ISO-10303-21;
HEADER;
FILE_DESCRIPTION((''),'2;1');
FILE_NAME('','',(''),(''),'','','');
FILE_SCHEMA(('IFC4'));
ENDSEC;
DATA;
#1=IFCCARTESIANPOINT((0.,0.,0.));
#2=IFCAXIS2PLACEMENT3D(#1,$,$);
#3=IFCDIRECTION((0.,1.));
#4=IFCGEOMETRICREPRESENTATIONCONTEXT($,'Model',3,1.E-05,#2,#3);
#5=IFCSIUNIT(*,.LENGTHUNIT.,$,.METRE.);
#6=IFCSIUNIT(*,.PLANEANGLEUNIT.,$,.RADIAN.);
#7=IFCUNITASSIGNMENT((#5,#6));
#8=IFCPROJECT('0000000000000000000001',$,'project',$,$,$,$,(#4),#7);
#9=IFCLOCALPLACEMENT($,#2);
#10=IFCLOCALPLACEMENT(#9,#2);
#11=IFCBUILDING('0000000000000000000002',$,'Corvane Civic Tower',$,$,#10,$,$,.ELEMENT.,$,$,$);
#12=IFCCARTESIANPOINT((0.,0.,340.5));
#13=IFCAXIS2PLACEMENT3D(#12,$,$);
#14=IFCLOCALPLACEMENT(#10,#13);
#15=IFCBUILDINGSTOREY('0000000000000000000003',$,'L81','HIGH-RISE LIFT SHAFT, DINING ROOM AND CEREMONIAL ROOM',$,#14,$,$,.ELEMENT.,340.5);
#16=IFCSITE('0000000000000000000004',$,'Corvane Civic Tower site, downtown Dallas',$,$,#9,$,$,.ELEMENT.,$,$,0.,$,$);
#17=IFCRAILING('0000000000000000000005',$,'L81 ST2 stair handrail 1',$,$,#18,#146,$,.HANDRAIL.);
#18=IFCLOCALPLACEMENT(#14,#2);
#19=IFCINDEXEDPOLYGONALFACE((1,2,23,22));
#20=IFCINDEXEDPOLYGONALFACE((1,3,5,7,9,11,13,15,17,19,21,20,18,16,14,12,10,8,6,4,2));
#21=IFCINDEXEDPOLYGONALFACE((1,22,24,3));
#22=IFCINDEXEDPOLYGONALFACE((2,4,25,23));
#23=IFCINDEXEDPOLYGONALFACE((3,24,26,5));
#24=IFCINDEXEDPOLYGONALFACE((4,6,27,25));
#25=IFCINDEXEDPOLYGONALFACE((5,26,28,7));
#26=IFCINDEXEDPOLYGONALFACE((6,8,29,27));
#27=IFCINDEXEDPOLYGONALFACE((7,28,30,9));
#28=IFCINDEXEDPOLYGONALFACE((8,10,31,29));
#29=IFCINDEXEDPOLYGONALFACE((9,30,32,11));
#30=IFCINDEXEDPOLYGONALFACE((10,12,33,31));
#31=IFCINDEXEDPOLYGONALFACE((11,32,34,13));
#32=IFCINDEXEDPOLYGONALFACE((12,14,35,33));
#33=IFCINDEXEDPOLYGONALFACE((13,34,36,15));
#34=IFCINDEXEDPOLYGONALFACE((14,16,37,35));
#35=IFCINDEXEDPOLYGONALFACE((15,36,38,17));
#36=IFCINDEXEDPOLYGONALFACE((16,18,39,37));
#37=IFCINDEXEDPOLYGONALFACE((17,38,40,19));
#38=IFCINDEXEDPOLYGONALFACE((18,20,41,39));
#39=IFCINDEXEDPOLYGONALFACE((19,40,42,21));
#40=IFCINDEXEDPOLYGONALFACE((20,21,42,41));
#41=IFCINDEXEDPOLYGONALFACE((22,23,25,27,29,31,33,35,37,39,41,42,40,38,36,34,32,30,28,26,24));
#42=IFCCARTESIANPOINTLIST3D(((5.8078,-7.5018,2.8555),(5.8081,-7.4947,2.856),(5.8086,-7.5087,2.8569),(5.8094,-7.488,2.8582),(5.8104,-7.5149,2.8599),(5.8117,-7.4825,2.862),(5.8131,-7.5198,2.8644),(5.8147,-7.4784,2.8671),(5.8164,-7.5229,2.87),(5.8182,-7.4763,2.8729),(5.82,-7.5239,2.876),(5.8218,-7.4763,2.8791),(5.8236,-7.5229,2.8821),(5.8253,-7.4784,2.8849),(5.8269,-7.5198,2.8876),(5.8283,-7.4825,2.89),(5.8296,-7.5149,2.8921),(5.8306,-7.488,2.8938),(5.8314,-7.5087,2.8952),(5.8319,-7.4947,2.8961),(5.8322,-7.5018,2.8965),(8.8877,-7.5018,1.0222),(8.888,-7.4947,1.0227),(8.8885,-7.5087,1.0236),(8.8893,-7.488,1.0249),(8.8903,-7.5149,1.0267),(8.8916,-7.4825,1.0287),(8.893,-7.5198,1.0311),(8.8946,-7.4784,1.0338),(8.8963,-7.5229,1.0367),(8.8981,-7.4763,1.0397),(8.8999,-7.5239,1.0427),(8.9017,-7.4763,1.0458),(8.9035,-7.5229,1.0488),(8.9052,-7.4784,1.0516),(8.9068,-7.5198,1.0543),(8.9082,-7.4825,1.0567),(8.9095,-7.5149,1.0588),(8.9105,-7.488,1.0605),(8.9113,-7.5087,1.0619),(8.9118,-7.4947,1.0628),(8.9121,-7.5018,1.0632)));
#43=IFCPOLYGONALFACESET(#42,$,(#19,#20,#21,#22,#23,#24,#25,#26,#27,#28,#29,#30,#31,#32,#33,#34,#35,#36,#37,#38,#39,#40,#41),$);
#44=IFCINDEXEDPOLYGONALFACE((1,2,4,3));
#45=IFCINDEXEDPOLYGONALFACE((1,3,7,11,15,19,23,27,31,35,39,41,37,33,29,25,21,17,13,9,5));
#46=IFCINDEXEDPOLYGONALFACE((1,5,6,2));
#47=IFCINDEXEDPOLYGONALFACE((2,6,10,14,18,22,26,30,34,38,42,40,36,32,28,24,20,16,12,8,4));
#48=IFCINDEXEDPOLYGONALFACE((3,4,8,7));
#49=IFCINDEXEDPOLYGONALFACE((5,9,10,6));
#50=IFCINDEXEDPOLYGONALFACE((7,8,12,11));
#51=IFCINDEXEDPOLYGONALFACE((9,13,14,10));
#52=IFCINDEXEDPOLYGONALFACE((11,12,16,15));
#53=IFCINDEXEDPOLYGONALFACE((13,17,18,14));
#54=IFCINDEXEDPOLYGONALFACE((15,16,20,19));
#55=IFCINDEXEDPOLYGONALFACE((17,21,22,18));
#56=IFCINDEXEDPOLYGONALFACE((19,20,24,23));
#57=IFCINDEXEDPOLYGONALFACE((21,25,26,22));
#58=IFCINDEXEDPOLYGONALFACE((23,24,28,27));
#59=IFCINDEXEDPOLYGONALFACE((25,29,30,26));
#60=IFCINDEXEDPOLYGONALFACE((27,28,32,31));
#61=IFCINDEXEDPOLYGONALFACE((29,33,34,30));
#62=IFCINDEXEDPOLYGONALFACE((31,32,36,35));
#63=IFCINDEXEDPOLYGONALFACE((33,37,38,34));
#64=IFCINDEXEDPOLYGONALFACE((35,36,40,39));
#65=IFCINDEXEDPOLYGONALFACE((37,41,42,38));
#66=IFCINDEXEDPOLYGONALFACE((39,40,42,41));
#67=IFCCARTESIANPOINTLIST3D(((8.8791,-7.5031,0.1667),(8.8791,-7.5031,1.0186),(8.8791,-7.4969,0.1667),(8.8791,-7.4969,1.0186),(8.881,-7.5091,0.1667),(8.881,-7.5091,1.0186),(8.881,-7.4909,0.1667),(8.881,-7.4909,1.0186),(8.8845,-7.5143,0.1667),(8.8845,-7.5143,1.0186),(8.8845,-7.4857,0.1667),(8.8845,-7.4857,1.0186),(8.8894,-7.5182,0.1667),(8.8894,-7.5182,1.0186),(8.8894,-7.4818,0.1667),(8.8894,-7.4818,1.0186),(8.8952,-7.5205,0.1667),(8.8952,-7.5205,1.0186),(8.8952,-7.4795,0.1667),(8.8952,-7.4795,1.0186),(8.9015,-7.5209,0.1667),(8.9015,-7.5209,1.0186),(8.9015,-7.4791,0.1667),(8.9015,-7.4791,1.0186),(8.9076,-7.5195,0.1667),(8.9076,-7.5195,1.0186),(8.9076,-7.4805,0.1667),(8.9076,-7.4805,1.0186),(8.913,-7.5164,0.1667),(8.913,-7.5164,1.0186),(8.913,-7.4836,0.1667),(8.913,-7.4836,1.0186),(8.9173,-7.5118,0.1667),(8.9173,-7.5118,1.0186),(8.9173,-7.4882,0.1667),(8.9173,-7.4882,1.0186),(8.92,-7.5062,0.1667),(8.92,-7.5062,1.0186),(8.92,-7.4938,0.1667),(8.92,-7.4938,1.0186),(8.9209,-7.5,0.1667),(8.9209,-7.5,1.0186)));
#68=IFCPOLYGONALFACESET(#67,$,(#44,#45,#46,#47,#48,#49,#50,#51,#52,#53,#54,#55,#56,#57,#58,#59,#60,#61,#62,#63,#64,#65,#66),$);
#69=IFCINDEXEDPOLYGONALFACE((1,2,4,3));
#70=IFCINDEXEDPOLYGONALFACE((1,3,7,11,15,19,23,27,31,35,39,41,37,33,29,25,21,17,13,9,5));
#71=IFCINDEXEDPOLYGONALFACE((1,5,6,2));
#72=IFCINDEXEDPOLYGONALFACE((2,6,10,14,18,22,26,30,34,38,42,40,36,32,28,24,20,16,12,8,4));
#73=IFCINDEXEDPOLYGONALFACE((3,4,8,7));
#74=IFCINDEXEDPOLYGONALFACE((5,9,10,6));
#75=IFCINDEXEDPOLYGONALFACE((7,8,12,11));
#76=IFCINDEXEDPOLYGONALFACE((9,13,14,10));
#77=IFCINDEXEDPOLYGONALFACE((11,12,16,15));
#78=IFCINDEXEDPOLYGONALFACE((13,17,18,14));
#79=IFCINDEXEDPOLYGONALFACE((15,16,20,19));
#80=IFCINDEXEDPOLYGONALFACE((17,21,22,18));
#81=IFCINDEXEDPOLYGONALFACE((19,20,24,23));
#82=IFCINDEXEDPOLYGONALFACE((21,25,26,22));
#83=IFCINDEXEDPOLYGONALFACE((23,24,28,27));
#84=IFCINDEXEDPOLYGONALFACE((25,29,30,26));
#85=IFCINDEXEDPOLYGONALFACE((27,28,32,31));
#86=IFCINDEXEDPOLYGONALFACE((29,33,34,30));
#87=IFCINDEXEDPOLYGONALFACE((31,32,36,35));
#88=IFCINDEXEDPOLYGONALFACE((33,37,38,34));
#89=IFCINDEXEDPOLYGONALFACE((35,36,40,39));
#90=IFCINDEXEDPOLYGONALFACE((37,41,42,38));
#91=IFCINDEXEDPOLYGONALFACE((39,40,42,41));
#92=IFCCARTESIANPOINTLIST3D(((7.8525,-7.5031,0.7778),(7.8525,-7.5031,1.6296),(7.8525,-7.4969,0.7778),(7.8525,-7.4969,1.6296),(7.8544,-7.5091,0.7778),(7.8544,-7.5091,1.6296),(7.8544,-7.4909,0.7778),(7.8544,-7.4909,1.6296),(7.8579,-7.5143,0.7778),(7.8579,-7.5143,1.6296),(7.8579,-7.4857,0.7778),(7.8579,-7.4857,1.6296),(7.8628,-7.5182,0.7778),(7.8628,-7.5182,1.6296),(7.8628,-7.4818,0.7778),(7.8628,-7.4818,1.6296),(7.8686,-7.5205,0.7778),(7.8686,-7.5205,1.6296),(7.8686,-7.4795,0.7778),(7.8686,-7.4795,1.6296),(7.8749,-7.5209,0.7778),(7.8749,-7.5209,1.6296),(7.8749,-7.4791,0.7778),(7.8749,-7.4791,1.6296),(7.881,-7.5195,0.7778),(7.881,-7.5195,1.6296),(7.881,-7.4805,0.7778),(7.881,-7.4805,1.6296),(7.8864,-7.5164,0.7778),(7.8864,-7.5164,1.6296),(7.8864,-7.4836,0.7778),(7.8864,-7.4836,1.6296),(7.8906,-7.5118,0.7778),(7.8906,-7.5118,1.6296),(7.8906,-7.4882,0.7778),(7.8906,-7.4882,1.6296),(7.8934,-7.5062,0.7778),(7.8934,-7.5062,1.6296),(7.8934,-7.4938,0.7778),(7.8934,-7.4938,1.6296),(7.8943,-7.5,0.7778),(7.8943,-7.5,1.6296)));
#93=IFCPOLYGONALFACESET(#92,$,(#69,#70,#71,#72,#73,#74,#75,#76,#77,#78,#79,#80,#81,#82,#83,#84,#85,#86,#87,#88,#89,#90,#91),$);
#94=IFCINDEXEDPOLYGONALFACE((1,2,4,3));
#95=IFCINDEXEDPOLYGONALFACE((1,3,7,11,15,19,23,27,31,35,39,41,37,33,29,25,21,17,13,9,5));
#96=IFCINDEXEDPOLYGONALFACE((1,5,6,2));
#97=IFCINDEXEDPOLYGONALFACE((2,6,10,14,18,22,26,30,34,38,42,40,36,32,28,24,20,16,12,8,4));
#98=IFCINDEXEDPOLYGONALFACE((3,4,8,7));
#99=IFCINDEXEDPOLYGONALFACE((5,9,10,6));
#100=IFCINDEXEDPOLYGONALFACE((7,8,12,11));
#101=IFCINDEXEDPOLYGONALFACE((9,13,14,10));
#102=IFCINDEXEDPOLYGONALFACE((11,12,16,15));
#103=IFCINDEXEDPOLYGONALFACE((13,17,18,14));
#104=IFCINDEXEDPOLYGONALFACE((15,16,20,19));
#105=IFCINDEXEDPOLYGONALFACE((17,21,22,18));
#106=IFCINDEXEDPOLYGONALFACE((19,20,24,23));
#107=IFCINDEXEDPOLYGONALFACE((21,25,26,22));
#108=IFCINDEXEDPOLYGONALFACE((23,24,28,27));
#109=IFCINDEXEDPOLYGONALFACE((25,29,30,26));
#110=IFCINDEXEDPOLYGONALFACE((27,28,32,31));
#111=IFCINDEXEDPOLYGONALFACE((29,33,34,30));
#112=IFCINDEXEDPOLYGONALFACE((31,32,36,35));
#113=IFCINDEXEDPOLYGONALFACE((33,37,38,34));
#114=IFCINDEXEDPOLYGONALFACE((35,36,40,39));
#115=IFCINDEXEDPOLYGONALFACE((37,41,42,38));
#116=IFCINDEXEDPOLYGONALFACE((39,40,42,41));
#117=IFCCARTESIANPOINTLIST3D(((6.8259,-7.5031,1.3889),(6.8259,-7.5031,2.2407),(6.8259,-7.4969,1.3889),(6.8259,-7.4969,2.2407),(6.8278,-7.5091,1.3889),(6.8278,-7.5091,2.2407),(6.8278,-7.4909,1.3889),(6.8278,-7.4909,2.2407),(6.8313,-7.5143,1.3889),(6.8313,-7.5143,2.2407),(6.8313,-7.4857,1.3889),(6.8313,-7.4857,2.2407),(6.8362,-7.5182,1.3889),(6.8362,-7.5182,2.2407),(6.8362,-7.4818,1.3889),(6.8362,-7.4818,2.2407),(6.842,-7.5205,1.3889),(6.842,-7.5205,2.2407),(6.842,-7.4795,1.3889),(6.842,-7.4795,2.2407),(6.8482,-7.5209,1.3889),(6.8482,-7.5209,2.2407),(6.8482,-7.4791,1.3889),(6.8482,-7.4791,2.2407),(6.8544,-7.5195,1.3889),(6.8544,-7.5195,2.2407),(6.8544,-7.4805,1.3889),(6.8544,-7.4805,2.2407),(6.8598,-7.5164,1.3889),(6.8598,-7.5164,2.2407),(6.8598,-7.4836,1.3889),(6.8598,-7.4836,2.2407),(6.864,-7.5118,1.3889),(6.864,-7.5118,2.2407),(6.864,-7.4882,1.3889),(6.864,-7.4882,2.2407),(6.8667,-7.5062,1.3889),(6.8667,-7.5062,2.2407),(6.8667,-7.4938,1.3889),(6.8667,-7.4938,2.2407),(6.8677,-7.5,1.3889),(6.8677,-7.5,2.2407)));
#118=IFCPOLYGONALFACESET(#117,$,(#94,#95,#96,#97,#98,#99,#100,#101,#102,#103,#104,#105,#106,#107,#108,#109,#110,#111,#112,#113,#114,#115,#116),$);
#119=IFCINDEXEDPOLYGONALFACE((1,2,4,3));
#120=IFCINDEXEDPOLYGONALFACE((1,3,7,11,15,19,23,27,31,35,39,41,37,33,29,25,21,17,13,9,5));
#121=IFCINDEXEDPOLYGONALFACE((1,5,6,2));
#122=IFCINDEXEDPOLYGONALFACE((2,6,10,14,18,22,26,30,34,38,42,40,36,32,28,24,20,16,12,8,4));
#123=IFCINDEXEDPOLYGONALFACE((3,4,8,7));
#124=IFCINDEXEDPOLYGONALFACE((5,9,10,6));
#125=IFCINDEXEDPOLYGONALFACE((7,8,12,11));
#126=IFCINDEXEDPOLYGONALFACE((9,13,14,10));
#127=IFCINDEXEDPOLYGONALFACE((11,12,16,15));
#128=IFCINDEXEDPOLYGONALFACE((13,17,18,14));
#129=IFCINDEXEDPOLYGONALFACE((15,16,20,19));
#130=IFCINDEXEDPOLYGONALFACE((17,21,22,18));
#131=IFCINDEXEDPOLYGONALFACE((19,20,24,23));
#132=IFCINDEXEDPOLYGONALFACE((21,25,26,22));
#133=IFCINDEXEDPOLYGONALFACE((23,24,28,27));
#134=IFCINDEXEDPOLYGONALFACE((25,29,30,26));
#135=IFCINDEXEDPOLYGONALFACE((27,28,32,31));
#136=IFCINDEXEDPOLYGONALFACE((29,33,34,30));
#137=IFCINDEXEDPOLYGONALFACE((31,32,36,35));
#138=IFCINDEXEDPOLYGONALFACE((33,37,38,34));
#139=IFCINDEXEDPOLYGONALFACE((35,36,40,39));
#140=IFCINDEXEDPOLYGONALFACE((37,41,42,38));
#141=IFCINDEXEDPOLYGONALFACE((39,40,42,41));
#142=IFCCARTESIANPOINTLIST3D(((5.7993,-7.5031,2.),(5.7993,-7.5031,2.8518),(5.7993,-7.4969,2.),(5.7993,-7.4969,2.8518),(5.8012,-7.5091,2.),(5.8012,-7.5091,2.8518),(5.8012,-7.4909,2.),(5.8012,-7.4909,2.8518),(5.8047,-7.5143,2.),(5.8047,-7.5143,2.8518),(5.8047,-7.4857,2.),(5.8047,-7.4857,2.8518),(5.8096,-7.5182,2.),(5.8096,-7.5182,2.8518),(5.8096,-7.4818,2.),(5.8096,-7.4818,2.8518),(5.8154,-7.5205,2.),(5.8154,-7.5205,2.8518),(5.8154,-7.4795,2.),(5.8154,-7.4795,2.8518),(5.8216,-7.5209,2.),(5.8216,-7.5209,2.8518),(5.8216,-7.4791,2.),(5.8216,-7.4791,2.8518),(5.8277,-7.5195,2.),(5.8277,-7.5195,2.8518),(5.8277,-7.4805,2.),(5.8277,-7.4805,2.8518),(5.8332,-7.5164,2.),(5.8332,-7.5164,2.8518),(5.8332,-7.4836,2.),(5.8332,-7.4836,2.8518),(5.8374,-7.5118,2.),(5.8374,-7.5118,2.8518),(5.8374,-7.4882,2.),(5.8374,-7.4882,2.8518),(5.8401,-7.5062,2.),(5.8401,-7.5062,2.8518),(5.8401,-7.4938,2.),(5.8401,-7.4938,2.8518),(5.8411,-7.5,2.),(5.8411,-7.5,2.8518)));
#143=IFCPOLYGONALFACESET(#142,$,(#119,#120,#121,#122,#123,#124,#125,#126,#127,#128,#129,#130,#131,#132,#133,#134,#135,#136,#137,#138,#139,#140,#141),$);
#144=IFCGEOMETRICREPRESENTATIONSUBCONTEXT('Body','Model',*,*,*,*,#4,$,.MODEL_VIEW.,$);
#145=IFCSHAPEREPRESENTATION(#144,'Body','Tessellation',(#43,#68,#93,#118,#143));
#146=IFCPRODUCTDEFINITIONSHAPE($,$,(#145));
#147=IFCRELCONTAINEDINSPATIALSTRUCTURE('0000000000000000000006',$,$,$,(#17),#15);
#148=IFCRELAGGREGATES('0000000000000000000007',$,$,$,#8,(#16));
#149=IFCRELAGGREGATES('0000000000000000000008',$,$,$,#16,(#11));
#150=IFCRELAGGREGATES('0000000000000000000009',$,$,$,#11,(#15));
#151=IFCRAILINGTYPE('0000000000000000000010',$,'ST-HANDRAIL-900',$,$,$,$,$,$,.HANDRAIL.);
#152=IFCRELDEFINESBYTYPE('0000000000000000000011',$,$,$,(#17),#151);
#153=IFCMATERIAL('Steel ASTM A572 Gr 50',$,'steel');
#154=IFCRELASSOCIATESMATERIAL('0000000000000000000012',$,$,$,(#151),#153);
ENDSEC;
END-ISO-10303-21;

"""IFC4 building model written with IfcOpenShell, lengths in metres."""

from ifc_helpers import new_model, si_unit, direction, frame, origin, origin_2d, place, context, subcontext, project, spatial, circle, extrude, material, type_object, element, save


model = new_model("IFC4")

# Units and contexts
model_context = context("Model", 3, precision=1e-05, world=origin(), true_north=direction((0.0, 1.0)))
body_context = subcontext(model_context, "Body", "Model", "MODEL_VIEW")
ifc_project = project(units=[si_unit("LENGTHUNIT", "METRE"), si_unit("PLANEANGLEUNIT", "RADIAN")], contexts=[model_context])

# Site, building, storey
site_placement = place(None, origin())
site = spatial("IfcSite", under=ifc_project, at=site_placement, Name="Corvane Civic Tower site, downtown Dallas", CompositionType="ELEMENT", RefElevation=0.0)
building_placement = place(site_placement, origin())
building = spatial("IfcBuilding", under=site, at=building_placement, Name="Corvane Civic Tower", CompositionType="ELEMENT")
storey_placement = place(building_placement, frame((0.0, 0.0, 340.5)))
storey = spatial("IfcBuildingStorey", under=building, at=storey_placement, Name="L81", Description="HIGH-RISE LIFT SHAFT, DINING ROOM AND CEREMONIAL ROOM", CompositionType="ELEMENT", Elevation=340.5)

# Railing
ifc_material_1 = material(Name="Steel ASTM A572 Gr 50", Category="steel")
railing_type_1 = type_object("IfcRailingType", Name="ST-HANDRAIL-900", PredefinedType="HANDRAIL", material=ifc_material_1)
railing_1_placement = place(storey_placement, frame((8.8999, -7.5, 0.1667)))
element("IfcRailing", 1, at=railing_1_placement, inside=storey, type_object=railing_type_1, Name="L81 ST2 stair handrail 1", PredefinedType="HANDRAIL", context=body_context, shape_type="SweptSolid", body=[
    extrude(circle(Radius=0.0239, at=origin_2d()), frame((0.0, 0.0, 0.876), z_axis=(-0.859291, 0.0, 0.511487), x_axis=(0.0, -1.0, 0.0)), (0.0, 0.0, 1.0), 3.5842),
    extrude(circle(Radius=0.021, at=origin_2d()), origin(), (0.0, 0.0, 1.0), 0.8518),
    extrude(circle(Radius=0.021, at=origin_2d()), frame((-1.0266, 0.0, 0.6111)), (0.0, 0.0, 1.0), 0.8518),
    extrude(circle(Radius=0.021, at=origin_2d()), frame((-2.0532, 0.0, 1.2222)), (0.0, 0.0, 1.0), 0.8518),
    extrude(circle(Radius=0.021, at=origin_2d()), frame((-3.0798, 0.0, 1.8333)), (0.0, 0.0, 1.0), 0.8518),
])

save(model, "model.ifc")
